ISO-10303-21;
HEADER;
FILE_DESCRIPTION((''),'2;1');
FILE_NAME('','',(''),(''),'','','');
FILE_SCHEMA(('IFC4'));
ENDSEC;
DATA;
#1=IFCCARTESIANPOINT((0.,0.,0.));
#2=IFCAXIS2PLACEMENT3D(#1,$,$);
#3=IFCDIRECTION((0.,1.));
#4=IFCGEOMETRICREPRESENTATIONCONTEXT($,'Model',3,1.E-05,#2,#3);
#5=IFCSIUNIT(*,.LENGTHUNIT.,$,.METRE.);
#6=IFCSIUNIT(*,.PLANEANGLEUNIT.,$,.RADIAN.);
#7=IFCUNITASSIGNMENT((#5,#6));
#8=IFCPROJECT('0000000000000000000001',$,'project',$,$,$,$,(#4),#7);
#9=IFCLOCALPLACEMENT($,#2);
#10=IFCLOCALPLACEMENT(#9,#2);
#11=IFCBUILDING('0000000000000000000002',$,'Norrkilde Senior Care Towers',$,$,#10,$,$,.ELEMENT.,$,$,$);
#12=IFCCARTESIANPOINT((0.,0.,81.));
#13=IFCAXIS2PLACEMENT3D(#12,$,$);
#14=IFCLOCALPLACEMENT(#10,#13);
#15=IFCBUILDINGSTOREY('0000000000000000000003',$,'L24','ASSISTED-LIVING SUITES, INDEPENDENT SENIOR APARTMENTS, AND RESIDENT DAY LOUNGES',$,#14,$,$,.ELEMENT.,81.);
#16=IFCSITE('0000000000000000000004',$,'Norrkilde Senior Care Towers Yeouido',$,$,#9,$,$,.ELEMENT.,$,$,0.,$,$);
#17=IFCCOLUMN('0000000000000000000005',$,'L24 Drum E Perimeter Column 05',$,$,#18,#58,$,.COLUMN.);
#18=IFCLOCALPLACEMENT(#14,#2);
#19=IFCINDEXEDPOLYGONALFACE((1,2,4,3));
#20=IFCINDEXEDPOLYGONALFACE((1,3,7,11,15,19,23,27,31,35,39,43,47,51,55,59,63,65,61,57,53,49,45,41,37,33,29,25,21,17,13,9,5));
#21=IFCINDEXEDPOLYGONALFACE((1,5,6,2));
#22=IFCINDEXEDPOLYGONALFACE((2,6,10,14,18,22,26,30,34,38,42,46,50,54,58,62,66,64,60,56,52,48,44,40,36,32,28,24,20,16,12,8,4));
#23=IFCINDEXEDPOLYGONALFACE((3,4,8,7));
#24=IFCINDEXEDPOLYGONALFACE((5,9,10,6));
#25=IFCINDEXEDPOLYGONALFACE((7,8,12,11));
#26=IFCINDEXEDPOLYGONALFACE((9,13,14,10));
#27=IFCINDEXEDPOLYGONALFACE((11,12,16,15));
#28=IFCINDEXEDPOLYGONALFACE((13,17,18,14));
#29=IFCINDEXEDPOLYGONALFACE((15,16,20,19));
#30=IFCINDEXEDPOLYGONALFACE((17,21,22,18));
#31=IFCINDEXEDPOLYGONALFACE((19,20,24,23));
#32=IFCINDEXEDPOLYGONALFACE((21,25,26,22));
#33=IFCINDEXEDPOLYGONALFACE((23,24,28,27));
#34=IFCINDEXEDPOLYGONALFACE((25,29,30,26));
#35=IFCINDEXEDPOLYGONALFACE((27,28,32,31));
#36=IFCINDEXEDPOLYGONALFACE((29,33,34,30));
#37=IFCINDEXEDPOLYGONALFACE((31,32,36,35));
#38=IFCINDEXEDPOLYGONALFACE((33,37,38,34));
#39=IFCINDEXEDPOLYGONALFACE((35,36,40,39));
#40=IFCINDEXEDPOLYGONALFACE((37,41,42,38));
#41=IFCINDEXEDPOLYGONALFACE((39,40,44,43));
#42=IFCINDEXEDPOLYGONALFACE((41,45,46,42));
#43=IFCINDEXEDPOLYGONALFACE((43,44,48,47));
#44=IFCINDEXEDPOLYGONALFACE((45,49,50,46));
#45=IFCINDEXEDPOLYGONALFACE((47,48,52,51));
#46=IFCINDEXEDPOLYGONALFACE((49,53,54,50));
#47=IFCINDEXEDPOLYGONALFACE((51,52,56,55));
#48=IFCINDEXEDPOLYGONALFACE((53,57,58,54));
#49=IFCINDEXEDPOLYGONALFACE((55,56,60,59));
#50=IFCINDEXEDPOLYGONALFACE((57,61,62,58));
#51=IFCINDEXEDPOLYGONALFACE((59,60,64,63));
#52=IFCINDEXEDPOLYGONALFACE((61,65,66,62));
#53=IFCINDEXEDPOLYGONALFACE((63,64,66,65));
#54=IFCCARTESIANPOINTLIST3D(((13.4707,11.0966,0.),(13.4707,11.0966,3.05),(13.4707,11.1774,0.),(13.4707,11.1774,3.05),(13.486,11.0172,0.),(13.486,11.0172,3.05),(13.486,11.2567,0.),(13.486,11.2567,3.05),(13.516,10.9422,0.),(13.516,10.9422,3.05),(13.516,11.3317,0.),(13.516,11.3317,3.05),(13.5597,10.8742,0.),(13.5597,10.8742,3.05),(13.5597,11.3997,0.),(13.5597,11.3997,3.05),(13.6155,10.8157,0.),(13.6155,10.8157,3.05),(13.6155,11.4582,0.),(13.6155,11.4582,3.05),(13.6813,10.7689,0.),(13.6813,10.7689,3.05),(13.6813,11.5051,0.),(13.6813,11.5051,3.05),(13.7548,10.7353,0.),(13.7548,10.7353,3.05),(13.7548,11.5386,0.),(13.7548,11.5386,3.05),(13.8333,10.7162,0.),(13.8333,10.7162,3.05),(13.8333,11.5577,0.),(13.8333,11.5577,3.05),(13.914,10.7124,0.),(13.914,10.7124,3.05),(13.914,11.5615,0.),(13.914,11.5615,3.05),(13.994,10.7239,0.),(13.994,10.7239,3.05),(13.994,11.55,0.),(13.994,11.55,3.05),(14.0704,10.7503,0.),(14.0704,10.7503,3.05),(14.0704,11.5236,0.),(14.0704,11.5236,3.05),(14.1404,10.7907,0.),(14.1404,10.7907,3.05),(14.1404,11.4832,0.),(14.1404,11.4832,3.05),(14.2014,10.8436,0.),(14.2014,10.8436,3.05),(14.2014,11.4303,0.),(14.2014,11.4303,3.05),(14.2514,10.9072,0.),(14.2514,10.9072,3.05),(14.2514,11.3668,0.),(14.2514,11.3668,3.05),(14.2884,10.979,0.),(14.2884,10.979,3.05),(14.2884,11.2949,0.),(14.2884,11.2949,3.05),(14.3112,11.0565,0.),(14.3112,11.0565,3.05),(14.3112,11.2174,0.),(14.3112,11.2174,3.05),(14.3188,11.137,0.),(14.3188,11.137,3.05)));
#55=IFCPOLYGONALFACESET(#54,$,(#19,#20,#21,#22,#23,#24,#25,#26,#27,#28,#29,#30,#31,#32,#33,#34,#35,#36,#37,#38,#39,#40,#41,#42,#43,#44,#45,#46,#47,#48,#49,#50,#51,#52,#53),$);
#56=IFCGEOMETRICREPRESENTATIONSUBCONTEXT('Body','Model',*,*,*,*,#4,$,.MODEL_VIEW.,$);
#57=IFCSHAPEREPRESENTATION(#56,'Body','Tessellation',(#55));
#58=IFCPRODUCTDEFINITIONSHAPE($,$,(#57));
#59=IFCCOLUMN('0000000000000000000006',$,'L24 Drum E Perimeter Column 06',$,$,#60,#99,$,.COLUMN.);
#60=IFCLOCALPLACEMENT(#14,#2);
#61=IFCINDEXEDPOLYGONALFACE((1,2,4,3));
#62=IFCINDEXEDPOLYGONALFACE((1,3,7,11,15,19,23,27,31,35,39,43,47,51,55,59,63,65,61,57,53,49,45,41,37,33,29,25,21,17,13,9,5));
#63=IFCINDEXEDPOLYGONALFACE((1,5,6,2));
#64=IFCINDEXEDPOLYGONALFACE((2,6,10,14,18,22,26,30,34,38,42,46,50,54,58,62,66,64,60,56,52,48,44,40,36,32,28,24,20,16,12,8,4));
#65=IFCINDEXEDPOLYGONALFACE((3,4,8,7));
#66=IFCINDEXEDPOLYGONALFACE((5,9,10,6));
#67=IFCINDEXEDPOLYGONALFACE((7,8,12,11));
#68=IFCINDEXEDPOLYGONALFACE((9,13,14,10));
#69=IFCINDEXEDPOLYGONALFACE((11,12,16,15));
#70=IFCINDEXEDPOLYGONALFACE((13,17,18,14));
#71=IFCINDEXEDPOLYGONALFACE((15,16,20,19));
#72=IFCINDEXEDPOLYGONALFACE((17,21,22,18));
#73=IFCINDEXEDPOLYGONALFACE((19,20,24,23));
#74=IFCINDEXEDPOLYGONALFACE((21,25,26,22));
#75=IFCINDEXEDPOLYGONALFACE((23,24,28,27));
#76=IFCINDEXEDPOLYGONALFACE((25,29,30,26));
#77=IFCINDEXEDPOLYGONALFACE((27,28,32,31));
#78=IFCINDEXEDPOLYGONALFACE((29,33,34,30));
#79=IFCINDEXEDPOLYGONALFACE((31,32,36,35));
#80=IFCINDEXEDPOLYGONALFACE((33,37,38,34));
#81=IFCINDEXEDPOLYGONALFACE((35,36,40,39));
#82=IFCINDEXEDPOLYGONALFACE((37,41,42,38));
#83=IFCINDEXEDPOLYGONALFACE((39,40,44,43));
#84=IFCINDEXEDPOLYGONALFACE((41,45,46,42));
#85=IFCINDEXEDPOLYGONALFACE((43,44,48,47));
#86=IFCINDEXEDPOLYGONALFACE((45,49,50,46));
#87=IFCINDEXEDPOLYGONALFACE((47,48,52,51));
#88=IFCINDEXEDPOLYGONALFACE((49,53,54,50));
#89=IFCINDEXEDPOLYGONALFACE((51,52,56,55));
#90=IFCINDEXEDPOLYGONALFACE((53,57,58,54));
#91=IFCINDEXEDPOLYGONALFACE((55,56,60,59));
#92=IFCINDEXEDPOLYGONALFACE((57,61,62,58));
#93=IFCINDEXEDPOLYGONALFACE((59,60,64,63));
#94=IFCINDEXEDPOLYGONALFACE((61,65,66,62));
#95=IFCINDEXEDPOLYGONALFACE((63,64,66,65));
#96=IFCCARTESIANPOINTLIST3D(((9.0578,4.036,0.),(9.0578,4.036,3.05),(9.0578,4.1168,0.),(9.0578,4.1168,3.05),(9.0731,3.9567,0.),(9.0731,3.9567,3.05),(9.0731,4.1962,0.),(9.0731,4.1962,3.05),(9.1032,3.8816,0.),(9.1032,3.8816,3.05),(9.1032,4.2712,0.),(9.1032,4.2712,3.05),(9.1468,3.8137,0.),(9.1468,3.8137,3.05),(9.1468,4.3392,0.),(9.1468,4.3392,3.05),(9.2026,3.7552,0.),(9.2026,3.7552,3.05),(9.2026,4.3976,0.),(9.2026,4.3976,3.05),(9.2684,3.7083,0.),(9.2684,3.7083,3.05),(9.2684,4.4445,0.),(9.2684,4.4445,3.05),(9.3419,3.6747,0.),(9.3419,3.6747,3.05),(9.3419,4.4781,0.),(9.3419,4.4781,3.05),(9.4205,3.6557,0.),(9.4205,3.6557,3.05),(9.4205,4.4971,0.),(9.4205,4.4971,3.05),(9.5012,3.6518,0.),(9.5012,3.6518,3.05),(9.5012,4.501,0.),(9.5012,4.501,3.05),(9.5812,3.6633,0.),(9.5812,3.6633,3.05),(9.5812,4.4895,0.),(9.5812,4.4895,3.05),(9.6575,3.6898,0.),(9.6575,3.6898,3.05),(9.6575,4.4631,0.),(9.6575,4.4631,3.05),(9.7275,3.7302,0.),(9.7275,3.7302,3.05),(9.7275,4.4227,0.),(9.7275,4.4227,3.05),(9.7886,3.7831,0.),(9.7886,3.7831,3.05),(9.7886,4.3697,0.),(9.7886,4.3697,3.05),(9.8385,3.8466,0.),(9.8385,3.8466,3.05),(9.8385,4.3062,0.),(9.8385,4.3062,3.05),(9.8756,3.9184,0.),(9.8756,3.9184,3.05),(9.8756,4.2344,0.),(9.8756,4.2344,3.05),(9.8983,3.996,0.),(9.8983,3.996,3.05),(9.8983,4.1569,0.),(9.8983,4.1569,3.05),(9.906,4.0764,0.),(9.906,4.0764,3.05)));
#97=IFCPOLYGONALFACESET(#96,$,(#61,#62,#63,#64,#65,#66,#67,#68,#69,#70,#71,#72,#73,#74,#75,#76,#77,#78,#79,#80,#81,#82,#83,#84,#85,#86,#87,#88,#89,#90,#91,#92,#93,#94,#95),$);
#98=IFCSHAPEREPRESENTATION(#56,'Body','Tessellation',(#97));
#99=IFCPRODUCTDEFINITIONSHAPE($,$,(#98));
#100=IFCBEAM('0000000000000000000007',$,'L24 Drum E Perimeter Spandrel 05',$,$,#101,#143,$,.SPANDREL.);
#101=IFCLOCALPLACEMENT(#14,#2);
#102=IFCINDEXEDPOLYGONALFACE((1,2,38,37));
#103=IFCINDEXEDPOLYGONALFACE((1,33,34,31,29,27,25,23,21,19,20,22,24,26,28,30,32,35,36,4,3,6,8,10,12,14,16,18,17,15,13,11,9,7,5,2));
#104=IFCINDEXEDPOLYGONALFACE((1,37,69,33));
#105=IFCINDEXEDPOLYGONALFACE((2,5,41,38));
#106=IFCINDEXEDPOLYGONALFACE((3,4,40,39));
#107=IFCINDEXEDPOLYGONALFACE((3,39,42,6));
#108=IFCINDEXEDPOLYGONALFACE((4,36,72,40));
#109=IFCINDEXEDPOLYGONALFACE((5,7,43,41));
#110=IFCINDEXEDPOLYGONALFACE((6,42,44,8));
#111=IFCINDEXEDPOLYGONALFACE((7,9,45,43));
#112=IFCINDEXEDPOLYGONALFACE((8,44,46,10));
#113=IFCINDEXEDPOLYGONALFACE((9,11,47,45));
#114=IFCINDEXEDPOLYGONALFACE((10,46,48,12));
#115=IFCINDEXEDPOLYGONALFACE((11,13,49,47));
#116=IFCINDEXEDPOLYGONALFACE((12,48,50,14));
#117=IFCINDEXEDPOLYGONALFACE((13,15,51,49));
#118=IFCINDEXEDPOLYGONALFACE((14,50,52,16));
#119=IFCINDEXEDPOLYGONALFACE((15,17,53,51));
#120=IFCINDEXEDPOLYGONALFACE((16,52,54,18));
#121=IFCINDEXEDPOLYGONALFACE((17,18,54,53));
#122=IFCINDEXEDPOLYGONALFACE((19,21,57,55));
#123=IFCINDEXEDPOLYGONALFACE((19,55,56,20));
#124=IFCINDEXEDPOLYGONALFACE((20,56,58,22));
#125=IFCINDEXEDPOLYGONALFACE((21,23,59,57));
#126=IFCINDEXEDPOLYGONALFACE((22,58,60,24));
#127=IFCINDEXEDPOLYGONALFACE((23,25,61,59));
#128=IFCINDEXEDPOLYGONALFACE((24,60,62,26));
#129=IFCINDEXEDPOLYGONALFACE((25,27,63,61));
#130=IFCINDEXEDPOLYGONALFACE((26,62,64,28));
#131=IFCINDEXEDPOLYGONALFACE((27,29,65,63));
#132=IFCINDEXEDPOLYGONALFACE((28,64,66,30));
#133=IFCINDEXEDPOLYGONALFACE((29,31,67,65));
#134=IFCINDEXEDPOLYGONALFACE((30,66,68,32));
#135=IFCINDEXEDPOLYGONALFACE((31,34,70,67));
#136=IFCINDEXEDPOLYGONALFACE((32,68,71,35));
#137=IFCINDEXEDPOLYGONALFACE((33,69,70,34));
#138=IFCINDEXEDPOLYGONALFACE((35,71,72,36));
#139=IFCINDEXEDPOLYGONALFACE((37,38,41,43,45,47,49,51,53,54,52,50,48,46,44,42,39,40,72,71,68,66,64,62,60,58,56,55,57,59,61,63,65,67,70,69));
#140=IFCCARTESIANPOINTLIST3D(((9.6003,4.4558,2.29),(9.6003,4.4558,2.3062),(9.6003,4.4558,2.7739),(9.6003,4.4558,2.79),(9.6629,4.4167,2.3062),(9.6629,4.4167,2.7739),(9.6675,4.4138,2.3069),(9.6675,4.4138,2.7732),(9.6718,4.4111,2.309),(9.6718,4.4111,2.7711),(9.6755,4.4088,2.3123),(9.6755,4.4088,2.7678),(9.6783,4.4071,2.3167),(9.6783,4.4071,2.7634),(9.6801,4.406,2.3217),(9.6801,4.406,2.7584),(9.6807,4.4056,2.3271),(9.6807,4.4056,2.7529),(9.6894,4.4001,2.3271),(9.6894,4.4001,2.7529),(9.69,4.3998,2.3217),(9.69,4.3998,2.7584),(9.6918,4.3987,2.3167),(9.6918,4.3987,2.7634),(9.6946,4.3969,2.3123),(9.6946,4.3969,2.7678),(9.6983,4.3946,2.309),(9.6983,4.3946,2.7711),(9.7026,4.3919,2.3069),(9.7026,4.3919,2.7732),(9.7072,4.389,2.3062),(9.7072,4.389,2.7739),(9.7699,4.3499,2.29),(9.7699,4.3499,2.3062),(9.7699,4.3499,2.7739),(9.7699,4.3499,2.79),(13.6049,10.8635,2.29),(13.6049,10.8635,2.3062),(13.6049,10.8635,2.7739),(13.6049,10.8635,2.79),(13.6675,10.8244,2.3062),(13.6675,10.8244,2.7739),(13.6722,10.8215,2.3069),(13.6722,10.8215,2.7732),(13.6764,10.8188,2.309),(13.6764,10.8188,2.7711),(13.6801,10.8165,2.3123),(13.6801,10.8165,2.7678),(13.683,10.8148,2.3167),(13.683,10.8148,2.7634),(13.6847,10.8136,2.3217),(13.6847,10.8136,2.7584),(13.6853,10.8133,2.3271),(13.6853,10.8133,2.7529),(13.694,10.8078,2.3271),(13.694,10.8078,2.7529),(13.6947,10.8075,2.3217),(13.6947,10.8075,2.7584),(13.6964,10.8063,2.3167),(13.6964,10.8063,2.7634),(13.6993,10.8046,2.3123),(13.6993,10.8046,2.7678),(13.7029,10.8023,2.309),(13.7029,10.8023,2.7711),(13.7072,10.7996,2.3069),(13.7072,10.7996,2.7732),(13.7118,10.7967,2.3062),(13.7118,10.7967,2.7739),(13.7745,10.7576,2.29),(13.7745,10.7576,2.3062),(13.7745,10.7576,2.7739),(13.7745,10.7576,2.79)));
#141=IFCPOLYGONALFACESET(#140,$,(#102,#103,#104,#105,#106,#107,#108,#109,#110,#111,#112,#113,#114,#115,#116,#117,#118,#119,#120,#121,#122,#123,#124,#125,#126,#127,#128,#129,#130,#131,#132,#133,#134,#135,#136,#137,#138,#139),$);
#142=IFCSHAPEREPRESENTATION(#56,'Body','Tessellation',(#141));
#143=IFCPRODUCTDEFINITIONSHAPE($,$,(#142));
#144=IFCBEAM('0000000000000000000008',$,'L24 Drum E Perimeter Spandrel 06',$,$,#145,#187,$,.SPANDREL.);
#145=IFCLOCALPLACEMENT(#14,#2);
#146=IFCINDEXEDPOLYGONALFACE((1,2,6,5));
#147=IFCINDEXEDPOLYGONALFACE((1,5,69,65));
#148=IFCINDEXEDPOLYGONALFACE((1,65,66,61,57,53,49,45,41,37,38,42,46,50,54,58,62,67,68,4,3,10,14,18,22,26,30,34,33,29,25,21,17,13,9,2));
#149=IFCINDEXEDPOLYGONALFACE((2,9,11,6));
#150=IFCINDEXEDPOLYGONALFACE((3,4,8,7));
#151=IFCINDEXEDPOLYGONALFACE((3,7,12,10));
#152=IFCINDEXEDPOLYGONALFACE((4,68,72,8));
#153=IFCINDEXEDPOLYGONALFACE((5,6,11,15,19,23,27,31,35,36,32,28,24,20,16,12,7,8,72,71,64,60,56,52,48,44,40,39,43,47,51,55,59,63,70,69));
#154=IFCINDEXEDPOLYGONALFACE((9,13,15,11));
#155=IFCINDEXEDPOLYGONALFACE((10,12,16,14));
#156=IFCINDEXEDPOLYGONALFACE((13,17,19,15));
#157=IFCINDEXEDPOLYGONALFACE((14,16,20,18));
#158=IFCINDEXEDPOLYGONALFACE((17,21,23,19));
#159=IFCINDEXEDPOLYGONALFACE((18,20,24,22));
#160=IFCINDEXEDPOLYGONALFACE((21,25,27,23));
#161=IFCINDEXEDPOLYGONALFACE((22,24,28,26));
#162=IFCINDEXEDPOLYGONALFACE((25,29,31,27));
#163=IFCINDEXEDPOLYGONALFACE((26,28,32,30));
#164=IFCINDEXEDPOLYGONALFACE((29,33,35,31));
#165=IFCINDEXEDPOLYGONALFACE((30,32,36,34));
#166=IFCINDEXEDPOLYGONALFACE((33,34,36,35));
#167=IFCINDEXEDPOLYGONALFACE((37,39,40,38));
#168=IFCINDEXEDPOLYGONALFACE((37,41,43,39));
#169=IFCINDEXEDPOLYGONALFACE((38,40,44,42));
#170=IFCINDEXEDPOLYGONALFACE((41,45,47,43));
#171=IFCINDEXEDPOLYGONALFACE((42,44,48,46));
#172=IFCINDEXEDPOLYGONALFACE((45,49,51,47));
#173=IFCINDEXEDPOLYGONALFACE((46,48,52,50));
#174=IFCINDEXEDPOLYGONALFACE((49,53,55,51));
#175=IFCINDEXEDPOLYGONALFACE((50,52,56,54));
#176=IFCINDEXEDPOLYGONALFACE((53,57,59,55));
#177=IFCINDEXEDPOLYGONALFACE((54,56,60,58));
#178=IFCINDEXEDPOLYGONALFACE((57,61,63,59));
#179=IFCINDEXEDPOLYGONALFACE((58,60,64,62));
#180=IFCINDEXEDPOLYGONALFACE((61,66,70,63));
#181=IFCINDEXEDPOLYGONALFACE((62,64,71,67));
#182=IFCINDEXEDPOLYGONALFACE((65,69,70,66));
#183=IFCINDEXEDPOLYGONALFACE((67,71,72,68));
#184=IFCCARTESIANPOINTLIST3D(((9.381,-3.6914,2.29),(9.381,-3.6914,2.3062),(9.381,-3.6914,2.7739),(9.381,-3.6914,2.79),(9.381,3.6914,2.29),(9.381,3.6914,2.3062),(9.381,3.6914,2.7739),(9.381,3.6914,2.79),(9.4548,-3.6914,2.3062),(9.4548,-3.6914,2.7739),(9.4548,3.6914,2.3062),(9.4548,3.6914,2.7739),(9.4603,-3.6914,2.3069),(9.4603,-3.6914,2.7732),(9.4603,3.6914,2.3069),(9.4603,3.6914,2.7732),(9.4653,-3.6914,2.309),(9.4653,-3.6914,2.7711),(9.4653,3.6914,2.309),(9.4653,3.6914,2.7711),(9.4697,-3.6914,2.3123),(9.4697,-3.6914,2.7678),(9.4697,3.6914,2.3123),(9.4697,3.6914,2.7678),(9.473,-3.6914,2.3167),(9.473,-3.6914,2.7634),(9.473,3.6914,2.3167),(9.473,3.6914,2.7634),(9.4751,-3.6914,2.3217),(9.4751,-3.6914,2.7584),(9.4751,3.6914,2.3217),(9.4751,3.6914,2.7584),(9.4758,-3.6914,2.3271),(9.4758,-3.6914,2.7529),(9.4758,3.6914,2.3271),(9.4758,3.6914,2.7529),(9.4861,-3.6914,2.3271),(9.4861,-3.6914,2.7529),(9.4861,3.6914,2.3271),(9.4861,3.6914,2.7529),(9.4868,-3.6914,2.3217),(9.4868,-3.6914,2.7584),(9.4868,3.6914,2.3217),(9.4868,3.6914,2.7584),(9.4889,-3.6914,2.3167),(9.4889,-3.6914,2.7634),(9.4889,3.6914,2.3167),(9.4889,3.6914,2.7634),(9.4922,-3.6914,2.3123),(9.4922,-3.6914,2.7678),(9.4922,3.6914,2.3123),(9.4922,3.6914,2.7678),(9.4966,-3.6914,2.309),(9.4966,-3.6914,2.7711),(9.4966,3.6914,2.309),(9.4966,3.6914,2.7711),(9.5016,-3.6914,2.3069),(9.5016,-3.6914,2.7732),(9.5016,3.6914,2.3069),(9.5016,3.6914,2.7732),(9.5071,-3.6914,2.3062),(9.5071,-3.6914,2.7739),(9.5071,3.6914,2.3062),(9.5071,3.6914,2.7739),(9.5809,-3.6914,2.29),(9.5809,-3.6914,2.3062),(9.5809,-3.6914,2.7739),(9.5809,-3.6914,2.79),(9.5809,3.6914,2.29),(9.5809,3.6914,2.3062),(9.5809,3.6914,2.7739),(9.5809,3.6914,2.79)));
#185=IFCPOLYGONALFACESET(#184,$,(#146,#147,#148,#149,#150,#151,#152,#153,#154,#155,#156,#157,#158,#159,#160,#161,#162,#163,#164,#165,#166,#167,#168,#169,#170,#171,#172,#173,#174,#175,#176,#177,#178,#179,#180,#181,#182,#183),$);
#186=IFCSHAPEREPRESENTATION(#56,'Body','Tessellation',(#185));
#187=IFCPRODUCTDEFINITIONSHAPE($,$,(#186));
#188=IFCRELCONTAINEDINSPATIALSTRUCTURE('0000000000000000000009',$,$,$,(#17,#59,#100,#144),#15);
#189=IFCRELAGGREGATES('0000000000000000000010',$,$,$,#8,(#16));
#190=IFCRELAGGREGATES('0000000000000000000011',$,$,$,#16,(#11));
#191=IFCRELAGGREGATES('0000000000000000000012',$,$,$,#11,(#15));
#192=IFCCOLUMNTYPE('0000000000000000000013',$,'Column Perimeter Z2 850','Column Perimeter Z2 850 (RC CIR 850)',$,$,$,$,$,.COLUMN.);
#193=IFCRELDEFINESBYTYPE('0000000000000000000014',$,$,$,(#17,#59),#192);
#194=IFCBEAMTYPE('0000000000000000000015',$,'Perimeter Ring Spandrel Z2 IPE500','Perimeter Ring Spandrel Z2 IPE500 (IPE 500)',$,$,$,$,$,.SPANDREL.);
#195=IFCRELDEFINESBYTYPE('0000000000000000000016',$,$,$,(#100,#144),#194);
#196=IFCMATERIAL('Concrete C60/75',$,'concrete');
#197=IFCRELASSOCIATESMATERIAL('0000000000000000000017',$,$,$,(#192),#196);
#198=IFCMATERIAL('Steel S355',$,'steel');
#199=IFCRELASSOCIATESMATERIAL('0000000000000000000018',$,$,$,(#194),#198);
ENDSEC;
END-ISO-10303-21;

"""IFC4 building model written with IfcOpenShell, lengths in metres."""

from ifc_helpers import new_model, si_unit, direction, frame, origin, origin_2d, place, context, subcontext, project, spatial, circle, i_section, extrude, source, transform, mapped, material, material_profile, profile_set, type_object, type_shapes, element, save


model = new_model("IFC4")

# Units and contexts
model_context = context("Model", 3, precision=1e-05, world=origin(), true_north=direction((0.0, 1.0)))
body_context = subcontext(model_context, "Body", "Model", "MODEL_VIEW")
ifc_project = project(units=[si_unit("LENGTHUNIT", "METRE"), si_unit("PLANEANGLEUNIT", "RADIAN")], contexts=[model_context])

# Site, building, storey
site_placement = place(None, origin())
site = spatial("IfcSite", under=ifc_project, at=site_placement, Name="Norrkilde Senior Care Towers Yeouido", CompositionType="ELEMENT", RefElevation=0.0)
building_placement = place(site_placement, origin())
building = spatial("IfcBuilding", under=site, at=building_placement, Name="Norrkilde Senior Care Towers", CompositionType="ELEMENT")
storey_placement = place(building_placement, frame((0.0, 0.0, 81.0)))
storey = spatial("IfcBuildingStorey", under=building, at=storey_placement, Name="L24", Description="ASSISTED-LIVING SUITES, INDEPENDENT SENIOR APARTMENTS, AND RESIDENT DAY LOUNGES", CompositionType="ELEMENT", Elevation=81.0)

# Columns
ifc_material_1 = material(Name="Concrete C60/75", Category="concrete")
ifc_material_profile_1 = material_profile(ifc_material_1, circle(Radius=0.425, at=origin_2d()), Name="RC CIR 850")
ifc_profile_set_1 = profile_set([ifc_material_profile_1], Name="Concrete C60/75")
column_type = type_object("IfcColumnType", Name="Column Perimeter Z2 850", Description="Column Perimeter Z2 850 (RC CIR 850)", PredefinedType="COLUMN", material=ifc_profile_set_1)
shared_shape_1 = source(origin(), body_context, "Body", "SweptSolid", [
    extrude(circle(Radius=0.425, at=origin_2d()), origin(), (0.0, 0.0, 1.0), 3.05),
])
type_shapes(column_type, [shared_shape_1])
for number, where, z_axis, x_axis, name in (
    (1, (13.8938, 11.137, 0.0), (0.0, 0.0, 1.0), (1.0, 0.0, 0.0), "L24 Drum E Perimeter Column 05"),
    (2, (9.481, 4.0764, 0.0), (0.0, 0.0, 1.0), (1.0, 0.0, 0.0), "L24 Drum E Perimeter Column 06"),
):
    element("IfcColumn", number, at=place(storey_placement, frame(where, z_axis=z_axis, x_axis=x_axis)), inside=storey, type_object=column_type, Name=name, PredefinedType="COLUMN", context=body_context, shape_type="MappedRepresentation", body=[
        mapped(shared_shape_1, transform((0.0, 0.0, 0.0), x_axis=(1.0, 0.0, 0.0), y_axis=(0.0, 1.0, 0.0), z_axis=(0.0, 0.0, 1.0), scale=1.0)),
    ])

# Beams
ifc_material_2 = material(Name="Steel S355", Category="steel")
ifc_material_profile_2 = material_profile(ifc_material_2, i_section(OverallWidth=0.2, OverallDepth=0.5, WebThickness=0.0103, FlangeThickness=0.0161, FilletRadius=0.021, at=origin_2d()), Name="IPE 500")
ifc_profile_set_2 = profile_set([ifc_material_profile_2], Name="Steel S355")
beam_type = type_object("IfcBeamType", Name="Perimeter Ring Spandrel Z2 IPE500", Description="Perimeter Ring Spandrel Z2 IPE500 (IPE 500)", PredefinedType="SPANDREL", material=ifc_profile_set_2)
shared_shape_2 = source(origin(), body_context, "Body", "SweptSolid", [
    extrude(i_section(OverallWidth=0.2, OverallDepth=0.5, WebThickness=0.0103, FlangeThickness=0.0161, FilletRadius=0.021, at=origin_2d()), origin(), (0.0, 0.0, 1.0), 7.5562),
])
beam_1_placement = place(storey_placement, frame((13.6897, 10.8105, 2.54), z_axis=(-0.529982, -0.848009, 0.0), x_axis=(0.848009, -0.529982, 0.0)))
element("IfcBeam", 3, at=beam_1_placement, inside=storey, type_object=beam_type, Name="L24 Drum E Perimeter Spandrel 05", PredefinedType="SPANDREL", context=body_context, shape_type="MappedRepresentation", body=[
    mapped(shared_shape_2, transform((0.0, 0.0, 0.0), x_axis=(1.0, 0.0, 0.0), y_axis=(0.0, 1.0, 0.0), z_axis=(0.0, 0.0, 1.0), scale=1.0)),
])
shared_shape_3 = source(origin(), body_context, "Body", "SweptSolid", [
    extrude(i_section(OverallWidth=0.2, OverallDepth=0.5, WebThickness=0.0103, FlangeThickness=0.0161, FilletRadius=0.021, at=origin_2d()), origin(), (0.0, 0.0, 1.0), 7.3828),
])
type_shapes(beam_type, [shared_shape_2, shared_shape_3])
beam_2_placement = place(storey_placement, frame((9.481, 3.6914, 2.54), z_axis=(0.0, -1.0, 0.0), x_axis=(1.0, 0.0, 0.0)))
element("IfcBeam", 4, at=beam_2_placement, inside=storey, type_object=beam_type, Name="L24 Drum E Perimeter Spandrel 06", PredefinedType="SPANDREL", context=body_context, shape_type="MappedRepresentation", body=[
    mapped(shared_shape_3, transform((0.0, 0.0, 0.0), x_axis=(1.0, 0.0, 0.0), y_axis=(0.0, 1.0, 0.0), z_axis=(0.0, 0.0, 1.0), scale=1.0)),
])

save(model, "model.ifc")
